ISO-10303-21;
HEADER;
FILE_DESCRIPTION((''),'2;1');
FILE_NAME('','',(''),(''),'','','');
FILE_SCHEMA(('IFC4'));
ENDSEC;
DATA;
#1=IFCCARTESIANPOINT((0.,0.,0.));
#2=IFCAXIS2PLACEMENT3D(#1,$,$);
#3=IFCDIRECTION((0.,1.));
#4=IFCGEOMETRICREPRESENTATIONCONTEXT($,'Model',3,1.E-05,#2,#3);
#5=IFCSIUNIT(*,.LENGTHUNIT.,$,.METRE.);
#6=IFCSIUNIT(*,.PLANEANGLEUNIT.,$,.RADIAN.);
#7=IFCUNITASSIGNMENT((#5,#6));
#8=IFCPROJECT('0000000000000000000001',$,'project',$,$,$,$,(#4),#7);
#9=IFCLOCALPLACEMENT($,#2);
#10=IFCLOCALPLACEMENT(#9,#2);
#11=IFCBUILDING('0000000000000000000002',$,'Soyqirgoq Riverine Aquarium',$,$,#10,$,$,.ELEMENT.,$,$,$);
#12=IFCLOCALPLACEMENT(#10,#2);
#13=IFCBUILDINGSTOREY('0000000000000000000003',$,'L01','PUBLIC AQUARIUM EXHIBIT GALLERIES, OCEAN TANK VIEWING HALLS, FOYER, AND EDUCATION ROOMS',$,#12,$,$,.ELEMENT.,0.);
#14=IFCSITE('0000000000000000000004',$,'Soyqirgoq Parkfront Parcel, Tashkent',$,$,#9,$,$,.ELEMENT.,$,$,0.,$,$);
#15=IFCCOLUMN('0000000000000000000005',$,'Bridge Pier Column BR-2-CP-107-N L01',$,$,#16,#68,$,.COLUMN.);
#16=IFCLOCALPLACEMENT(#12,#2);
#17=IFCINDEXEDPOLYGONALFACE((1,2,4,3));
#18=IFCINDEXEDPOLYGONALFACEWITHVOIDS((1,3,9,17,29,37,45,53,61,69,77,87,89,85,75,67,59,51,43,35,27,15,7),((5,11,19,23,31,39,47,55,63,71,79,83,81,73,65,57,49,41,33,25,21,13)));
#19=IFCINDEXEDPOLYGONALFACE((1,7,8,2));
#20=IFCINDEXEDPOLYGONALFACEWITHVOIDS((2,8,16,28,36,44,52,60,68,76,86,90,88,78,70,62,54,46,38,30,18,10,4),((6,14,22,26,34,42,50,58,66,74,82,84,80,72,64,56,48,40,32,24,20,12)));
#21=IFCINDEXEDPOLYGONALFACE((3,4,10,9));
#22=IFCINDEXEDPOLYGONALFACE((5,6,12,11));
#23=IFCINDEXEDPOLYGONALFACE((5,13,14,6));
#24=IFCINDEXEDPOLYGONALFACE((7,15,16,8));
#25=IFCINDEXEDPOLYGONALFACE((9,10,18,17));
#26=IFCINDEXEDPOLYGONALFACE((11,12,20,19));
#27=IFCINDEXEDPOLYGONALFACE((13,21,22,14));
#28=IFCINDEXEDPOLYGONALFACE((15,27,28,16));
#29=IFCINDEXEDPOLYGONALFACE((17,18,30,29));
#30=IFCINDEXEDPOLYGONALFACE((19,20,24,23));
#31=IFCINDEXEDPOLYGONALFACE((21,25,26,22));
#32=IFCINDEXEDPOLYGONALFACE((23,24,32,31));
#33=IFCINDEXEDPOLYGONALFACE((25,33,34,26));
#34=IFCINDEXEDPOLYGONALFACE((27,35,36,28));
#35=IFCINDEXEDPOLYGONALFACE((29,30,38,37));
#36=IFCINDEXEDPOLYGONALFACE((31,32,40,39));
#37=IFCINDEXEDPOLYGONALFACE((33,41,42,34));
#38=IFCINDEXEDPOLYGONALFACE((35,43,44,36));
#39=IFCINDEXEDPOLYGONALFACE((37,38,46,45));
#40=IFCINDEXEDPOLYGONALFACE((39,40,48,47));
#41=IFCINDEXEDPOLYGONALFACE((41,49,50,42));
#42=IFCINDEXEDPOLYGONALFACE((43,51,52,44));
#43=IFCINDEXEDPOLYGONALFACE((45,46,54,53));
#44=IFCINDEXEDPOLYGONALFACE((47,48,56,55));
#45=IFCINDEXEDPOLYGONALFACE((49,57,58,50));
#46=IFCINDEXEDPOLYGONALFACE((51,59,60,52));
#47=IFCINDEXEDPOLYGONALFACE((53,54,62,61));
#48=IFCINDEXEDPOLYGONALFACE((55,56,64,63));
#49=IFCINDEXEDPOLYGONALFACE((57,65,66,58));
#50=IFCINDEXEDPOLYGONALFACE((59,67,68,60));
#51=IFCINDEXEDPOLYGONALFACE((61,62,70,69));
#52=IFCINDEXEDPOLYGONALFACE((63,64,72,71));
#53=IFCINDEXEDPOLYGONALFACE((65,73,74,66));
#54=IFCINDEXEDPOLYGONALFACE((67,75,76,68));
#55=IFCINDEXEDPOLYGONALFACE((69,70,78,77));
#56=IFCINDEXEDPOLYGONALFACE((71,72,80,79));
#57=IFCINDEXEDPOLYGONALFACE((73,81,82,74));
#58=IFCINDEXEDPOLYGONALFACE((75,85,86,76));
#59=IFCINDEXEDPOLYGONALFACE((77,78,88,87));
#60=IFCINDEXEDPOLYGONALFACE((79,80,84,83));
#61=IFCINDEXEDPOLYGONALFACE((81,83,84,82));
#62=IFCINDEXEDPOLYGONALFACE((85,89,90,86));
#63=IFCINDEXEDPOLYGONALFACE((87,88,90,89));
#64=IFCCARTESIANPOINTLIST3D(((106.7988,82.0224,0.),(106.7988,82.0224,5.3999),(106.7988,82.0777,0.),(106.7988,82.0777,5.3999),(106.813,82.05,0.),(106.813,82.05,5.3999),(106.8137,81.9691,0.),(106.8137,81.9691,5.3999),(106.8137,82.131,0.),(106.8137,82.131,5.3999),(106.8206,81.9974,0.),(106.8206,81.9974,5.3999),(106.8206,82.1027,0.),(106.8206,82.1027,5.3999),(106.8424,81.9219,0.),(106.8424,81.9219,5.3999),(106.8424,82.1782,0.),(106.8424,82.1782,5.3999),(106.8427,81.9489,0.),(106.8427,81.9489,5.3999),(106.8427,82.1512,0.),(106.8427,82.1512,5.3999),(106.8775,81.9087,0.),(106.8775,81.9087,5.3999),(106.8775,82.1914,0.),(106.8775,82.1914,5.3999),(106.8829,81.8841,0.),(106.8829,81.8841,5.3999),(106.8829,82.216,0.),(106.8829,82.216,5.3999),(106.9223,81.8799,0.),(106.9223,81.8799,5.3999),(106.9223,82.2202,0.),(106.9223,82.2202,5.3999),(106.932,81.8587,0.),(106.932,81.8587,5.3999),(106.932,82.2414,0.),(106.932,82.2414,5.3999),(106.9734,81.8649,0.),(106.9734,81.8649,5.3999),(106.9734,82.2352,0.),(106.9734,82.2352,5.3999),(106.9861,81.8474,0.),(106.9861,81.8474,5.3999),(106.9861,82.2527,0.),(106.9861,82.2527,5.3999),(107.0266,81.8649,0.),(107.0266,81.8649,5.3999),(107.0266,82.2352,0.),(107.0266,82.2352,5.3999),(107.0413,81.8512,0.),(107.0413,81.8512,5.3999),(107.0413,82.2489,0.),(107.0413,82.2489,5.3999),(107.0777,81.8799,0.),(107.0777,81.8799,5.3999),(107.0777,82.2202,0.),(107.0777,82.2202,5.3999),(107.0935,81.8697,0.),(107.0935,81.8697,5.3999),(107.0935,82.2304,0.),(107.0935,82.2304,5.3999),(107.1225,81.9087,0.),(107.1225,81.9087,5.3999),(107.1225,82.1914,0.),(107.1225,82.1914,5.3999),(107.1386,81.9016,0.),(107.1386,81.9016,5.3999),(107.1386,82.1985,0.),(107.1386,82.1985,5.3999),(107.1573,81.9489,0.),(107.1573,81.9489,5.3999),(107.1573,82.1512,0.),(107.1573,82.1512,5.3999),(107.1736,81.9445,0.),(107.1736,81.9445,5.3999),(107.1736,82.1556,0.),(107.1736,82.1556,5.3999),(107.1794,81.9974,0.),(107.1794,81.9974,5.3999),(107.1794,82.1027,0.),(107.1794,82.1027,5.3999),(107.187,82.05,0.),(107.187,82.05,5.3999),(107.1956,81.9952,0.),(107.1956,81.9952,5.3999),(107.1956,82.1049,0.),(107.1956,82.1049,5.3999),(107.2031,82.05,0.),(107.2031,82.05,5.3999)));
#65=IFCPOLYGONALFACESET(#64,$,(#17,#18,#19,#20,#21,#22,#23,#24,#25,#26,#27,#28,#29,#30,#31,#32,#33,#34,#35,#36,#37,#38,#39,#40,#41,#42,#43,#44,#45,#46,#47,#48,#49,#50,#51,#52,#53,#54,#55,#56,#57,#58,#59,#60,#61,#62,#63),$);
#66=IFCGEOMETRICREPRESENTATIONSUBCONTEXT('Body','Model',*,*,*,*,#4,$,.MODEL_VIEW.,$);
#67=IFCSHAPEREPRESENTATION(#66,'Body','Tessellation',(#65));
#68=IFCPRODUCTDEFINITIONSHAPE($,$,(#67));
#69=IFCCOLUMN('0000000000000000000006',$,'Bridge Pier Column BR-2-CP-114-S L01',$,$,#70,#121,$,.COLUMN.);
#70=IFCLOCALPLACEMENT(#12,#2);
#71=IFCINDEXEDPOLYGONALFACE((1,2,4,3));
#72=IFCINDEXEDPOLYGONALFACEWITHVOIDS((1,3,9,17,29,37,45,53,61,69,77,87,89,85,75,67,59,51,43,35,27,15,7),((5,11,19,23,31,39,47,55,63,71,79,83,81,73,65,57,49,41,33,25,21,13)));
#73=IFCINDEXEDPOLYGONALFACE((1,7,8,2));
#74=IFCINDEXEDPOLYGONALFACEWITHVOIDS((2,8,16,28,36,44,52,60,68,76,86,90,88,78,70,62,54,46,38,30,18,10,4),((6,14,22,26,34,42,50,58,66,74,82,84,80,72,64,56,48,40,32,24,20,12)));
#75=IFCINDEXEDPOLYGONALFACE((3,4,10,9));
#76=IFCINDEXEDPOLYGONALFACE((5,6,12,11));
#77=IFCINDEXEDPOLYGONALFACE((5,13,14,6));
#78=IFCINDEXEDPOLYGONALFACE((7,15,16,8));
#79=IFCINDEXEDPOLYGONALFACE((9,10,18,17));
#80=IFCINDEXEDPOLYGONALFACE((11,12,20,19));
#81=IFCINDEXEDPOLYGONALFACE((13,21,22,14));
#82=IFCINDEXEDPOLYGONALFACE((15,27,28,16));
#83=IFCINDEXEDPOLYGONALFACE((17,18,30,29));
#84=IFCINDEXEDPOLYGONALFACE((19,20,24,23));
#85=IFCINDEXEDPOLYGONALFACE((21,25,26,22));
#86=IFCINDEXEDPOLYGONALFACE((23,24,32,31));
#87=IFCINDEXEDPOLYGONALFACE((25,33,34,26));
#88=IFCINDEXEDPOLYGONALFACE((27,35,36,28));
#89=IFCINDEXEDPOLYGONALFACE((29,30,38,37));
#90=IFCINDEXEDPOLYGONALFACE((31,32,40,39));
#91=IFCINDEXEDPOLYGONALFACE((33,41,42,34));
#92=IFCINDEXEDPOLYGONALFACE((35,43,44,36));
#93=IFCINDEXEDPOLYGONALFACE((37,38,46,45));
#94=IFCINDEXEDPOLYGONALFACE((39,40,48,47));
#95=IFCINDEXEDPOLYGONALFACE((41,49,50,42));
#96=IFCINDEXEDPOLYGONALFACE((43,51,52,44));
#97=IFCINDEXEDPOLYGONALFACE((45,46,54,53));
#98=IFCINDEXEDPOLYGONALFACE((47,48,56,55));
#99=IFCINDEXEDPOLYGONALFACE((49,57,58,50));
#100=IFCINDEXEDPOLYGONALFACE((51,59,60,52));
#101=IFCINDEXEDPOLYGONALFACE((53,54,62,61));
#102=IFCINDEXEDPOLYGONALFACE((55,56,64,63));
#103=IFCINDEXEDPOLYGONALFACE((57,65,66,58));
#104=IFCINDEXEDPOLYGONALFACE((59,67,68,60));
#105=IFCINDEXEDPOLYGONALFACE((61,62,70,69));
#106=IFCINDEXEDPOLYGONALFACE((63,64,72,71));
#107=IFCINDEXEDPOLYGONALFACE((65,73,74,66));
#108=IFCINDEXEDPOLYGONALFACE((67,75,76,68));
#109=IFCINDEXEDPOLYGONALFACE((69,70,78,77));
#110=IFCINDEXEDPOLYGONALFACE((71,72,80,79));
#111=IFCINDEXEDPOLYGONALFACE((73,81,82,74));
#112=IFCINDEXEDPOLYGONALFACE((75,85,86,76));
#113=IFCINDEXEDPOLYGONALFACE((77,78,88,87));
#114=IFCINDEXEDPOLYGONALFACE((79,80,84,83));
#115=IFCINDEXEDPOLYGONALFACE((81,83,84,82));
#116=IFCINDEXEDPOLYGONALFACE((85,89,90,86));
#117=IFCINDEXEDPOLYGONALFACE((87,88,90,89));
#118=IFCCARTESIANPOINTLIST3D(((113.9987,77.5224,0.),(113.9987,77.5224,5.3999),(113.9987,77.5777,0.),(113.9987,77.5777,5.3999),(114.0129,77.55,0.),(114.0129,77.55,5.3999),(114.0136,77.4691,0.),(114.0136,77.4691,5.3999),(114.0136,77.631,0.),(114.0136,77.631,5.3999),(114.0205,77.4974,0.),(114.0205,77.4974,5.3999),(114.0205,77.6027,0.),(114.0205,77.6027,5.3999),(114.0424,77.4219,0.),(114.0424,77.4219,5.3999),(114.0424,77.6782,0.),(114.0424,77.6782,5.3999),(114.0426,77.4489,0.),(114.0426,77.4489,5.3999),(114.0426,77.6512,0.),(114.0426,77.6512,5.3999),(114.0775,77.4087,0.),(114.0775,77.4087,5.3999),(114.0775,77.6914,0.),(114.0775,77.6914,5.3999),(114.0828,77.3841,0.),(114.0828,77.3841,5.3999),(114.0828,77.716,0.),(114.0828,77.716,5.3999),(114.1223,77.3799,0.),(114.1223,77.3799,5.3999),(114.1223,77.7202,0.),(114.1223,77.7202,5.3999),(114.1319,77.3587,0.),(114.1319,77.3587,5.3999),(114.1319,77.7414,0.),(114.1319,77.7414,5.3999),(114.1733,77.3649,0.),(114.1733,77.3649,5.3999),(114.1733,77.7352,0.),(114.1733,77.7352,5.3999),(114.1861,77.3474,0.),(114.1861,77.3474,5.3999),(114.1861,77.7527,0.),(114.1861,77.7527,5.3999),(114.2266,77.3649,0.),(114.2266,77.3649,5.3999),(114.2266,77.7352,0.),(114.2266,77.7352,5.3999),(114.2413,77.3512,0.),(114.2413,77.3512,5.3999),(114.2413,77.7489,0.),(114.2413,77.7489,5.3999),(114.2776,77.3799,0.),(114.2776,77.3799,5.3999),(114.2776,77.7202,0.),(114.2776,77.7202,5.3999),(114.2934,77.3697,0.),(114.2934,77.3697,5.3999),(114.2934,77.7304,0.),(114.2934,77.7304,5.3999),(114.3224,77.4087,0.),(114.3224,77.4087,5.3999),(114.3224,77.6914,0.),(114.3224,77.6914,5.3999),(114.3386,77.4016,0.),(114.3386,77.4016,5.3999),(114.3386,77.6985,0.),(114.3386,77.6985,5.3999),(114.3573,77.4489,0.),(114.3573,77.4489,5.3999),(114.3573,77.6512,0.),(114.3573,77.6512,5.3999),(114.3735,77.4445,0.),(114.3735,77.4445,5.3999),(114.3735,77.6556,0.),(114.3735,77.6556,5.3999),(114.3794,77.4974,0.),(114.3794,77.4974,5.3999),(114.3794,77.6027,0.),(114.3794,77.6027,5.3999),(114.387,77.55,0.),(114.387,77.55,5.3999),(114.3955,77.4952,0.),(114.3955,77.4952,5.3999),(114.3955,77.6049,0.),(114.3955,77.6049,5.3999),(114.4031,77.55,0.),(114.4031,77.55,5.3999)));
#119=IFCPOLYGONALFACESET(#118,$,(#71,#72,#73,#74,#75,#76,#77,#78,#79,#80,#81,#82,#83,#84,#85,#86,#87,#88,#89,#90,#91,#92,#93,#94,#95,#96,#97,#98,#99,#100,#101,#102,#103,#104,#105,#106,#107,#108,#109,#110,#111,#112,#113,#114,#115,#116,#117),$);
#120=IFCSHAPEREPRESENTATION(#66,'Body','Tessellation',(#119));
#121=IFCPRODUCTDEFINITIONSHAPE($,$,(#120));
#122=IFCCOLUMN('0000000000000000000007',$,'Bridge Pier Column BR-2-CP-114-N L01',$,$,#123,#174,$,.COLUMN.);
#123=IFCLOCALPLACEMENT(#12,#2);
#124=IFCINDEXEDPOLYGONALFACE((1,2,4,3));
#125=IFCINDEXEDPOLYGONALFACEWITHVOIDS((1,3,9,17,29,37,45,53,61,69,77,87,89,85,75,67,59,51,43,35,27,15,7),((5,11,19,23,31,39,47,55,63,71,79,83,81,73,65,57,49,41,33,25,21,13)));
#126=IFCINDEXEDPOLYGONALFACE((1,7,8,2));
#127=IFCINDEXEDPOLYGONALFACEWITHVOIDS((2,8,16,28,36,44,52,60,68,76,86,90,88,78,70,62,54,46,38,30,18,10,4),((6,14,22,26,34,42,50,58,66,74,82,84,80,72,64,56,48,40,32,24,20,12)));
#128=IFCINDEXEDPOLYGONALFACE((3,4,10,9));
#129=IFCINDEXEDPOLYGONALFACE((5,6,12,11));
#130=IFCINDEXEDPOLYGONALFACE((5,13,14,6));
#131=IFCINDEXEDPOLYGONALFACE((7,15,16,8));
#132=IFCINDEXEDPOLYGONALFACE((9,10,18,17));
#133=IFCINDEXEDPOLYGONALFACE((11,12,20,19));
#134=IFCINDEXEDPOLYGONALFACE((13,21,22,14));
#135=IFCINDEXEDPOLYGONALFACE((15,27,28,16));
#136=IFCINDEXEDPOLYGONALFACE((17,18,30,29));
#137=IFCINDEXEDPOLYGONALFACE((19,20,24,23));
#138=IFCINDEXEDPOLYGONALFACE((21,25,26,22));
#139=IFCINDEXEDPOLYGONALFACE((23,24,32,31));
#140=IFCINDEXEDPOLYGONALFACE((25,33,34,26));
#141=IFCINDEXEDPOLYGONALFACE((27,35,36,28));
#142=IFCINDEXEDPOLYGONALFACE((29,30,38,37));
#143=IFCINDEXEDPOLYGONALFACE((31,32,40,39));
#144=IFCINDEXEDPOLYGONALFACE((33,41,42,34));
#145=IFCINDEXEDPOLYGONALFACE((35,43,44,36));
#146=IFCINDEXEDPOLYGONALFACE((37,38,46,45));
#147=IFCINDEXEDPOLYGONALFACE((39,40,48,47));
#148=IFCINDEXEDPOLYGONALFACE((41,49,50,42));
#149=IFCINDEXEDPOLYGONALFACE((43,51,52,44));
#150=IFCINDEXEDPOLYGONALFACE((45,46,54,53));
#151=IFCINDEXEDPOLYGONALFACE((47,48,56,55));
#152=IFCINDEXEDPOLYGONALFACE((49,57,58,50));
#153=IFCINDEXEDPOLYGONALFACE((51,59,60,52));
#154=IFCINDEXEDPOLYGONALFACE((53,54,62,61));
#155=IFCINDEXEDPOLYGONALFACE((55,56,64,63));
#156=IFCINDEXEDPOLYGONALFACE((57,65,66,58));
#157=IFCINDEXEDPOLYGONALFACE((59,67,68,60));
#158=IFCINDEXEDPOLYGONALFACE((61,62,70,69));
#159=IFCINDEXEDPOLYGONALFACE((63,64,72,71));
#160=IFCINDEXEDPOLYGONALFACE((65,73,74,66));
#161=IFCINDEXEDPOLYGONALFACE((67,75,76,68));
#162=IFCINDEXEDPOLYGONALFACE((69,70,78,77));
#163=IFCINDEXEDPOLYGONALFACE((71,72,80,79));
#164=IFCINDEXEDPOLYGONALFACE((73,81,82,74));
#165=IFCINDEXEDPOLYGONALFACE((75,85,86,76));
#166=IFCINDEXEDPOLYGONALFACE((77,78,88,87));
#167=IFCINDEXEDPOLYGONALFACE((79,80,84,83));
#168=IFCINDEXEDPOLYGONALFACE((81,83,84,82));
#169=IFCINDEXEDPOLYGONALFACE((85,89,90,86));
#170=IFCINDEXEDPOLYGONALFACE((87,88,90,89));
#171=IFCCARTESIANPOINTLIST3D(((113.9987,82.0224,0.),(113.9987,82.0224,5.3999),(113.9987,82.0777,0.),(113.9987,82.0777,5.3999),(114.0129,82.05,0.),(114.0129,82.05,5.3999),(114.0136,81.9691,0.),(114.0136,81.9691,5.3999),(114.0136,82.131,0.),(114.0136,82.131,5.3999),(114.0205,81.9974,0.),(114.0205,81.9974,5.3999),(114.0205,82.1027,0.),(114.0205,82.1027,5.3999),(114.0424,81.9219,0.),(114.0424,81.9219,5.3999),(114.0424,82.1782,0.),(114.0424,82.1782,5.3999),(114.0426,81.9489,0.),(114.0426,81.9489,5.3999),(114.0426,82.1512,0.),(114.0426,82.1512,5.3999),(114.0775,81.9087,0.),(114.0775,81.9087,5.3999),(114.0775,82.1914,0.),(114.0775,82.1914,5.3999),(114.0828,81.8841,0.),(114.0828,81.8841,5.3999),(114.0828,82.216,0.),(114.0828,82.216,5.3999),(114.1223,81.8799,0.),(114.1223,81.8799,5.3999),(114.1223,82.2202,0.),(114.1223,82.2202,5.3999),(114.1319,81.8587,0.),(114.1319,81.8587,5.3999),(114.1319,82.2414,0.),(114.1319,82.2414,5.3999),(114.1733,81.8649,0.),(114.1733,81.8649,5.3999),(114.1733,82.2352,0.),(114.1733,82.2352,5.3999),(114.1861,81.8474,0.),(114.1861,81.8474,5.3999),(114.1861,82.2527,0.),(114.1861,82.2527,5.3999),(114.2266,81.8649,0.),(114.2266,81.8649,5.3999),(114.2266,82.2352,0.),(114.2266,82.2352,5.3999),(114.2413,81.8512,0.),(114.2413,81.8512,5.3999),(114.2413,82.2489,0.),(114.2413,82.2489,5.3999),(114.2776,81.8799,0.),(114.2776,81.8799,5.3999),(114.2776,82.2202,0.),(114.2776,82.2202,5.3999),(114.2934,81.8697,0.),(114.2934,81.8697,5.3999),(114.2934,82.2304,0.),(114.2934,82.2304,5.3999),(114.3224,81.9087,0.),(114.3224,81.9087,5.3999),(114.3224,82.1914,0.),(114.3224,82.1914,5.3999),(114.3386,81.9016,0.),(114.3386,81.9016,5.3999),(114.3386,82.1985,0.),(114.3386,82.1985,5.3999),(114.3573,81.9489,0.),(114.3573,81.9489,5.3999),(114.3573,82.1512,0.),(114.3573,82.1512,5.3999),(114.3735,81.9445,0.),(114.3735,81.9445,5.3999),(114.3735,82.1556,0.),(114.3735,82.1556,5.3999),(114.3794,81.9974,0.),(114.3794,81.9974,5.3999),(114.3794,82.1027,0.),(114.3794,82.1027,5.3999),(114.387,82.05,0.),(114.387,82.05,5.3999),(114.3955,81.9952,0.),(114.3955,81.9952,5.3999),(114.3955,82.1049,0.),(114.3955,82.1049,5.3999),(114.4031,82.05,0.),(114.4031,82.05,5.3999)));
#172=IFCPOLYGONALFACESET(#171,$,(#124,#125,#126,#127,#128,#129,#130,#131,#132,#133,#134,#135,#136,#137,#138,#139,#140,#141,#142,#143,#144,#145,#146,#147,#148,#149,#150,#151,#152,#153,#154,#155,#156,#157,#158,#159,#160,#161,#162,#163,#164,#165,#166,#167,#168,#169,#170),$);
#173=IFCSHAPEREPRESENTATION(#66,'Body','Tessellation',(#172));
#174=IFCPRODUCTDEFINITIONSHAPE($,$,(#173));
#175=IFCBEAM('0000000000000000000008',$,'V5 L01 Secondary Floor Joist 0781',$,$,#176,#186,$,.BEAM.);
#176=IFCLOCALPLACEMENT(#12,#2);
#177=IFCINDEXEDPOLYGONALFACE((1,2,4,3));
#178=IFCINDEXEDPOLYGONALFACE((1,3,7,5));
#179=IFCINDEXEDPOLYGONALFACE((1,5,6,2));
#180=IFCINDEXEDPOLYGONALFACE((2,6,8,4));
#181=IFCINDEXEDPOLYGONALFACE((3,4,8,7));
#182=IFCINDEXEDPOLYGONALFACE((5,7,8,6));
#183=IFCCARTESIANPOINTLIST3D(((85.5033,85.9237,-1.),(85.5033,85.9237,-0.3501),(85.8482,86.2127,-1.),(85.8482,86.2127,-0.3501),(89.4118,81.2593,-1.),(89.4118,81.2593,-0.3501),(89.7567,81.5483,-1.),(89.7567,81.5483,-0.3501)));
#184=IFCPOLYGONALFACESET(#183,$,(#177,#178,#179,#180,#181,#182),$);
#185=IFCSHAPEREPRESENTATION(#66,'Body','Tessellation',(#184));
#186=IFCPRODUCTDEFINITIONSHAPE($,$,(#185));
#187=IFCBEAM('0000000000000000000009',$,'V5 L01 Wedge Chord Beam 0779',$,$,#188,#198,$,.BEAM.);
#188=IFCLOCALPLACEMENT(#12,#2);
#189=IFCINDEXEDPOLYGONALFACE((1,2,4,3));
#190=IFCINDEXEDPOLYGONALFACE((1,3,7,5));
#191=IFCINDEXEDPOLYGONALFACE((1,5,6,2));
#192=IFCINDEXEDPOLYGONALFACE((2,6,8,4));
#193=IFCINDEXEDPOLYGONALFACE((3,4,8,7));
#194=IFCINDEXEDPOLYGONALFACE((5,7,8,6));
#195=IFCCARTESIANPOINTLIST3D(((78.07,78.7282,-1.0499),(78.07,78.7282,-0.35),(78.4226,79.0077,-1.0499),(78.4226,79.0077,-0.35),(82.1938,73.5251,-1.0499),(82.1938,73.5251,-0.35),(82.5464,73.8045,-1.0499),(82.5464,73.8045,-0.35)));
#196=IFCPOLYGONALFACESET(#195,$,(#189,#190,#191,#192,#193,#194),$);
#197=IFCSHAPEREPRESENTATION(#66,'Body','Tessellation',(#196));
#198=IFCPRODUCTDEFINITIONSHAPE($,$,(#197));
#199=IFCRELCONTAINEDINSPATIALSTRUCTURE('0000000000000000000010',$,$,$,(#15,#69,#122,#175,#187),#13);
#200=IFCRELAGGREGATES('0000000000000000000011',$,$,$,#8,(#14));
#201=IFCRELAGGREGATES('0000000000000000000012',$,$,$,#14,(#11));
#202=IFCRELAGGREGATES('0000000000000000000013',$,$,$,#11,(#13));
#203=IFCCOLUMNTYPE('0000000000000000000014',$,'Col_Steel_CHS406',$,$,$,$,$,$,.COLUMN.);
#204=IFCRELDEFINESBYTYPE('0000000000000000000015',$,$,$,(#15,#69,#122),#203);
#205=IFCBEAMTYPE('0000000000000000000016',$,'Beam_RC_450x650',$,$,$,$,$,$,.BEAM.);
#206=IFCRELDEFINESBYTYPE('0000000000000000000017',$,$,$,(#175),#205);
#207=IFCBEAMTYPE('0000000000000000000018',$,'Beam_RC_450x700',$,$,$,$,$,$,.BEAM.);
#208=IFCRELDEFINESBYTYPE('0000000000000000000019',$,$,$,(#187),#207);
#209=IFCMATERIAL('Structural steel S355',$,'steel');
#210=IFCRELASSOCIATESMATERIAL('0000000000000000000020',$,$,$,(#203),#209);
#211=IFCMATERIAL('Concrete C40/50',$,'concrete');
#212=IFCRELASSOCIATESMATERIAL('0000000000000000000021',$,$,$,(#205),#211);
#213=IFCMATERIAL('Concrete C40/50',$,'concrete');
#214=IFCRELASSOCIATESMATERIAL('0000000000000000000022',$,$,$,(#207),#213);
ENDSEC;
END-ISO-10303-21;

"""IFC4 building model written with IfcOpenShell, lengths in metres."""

from ifc_helpers import new_model, si_unit, direction, frame, origin, origin_2d, place, context, subcontext, project, spatial, rectangle, hollow_circle, extrude, material, material_profile, profile_set, type_object, element, save


model = new_model("IFC4")

# Units and contexts
model_context = context("Model", 3, precision=1e-05, world=origin(), true_north=direction((0.0, 1.0)))
body_context = subcontext(model_context, "Body", "Model", "MODEL_VIEW")
ifc_project = project(units=[si_unit("LENGTHUNIT", "METRE"), si_unit("PLANEANGLEUNIT", "RADIAN")], contexts=[model_context])

# Site, building, storey
site_placement = place(None, origin())
site = spatial("IfcSite", under=ifc_project, at=site_placement, Name="Soyqirgoq Parkfront Parcel, Tashkent", CompositionType="ELEMENT", RefElevation=0.0)
building_placement = place(site_placement, origin())
building = spatial("IfcBuilding", under=site, at=building_placement, Name="Soyqirgoq Riverine Aquarium", CompositionType="ELEMENT")
storey_placement = place(building_placement, origin())
storey = spatial("IfcBuildingStorey", under=building, at=storey_placement, Name="L01", Description="PUBLIC AQUARIUM EXHIBIT GALLERIES, OCEAN TANK VIEWING HALLS, FOYER, AND EDUCATION ROOMS", CompositionType="ELEMENT", Elevation=0.0)

# Columns
ifc_material_1 = material(Name="Structural steel S355", Category="steel")
ifc_material_profile_1 = material_profile(ifc_material_1, hollow_circle(Radius=0.2031, WallThickness=0.0161, at=origin_2d()), Name="CHS 406.4x16")
ifc_profile_set_1 = profile_set([ifc_material_profile_1], Name="Structural steel S355")
column_type_1 = type_object("IfcColumnType", Name="Col_Steel_CHS406", PredefinedType="COLUMN", material=ifc_profile_set_1)
for number, where, z_axis, x_axis, name in (
    (1, (107.0, 82.05, 0.0), (0.0, 0.0, 1.0), (1.0, 0.0, 0.0), "Bridge Pier Column BR-2-CP-107-N L01"),
    (2, (114.2, 77.55, 0.0), (0.0, 0.0, 1.0), (1.0, 0.0, 0.0), "Bridge Pier Column BR-2-CP-114-S L01"),
    (3, (114.2, 82.05, 0.0), (0.0, 0.0, 1.0), (1.0, 0.0, 0.0), "Bridge Pier Column BR-2-CP-114-N L01"),
):
    element("IfcColumn", number, at=place(storey_placement, frame(where, z_axis=z_axis, x_axis=x_axis)), inside=storey, type_object=column_type_1, Name=name, PredefinedType="COLUMN", context=body_context, shape_type="SweptSolid", body=[
        extrude(hollow_circle(Radius=0.2031, WallThickness=0.0161, at=origin_2d()), origin(), (0.0, 0.0, 1.0), 5.3999),
    ])

# Beams
ifc_material_2 = material(Name="Concrete C40/50", Category="concrete")
ifc_material_profile_2 = material_profile(ifc_material_2, rectangle(XDim=0.45, YDim=0.6499, at=origin_2d()), Name="RC 450x650")
ifc_profile_set_2 = profile_set([ifc_material_profile_2], Name="Concrete C40/50")
beam_type_1 = type_object("IfcBeamType", Name="Beam_RC_450x650", PredefinedType="BEAM", material=ifc_profile_set_2)
beam_1_placement = place(storey_placement, frame((89.5842, 81.4038, -0.675), z_axis=(-0.64227, 0.766479, 0.0), x_axis=(-0.766479, -0.64227, 0.0)))
element("IfcBeam", 4, at=beam_1_placement, inside=storey, type_object=beam_type_1, Name="V5 L01 Secondary Floor Joist 0781", PredefinedType="BEAM", context=body_context, shape_type="SweptSolid", body=[
    extrude(rectangle(XDim=0.45, YDim=0.6499, at=origin_2d()), origin(), (0.0, 0.0, 1.0), 6.0854),
])
ifc_material_3 = material(Name="Concrete C40/50", Category="concrete")
ifc_material_profile_3 = material_profile(ifc_material_3, rectangle(XDim=0.45, YDim=0.7, at=origin_2d()), Name="RC 450x700")
ifc_profile_set_3 = profile_set([ifc_material_profile_3], Name="Concrete C40/50")
beam_type_2 = type_object("IfcBeamType", Name="Beam_RC_450x700", PredefinedType="BEAM", material=ifc_profile_set_3)
beam_2_placement = place(storey_placement, frame((82.3701, 73.6648, -0.7), z_axis=(-0.621132, 0.783706, 0.0), x_axis=(-0.783706, -0.621132, 0.0)))
element("IfcBeam", 5, at=beam_2_placement, inside=storey, type_object=beam_type_2, Name="V5 L01 Wedge Chord Beam 0779", PredefinedType="BEAM", context=body_context, shape_type="SweptSolid", body=[
    extrude(rectangle(XDim=0.45, YDim=0.7, at=origin_2d()), origin(), (0.0, 0.0, 1.0), 6.6392),
])

save(model, "model.ifc")
